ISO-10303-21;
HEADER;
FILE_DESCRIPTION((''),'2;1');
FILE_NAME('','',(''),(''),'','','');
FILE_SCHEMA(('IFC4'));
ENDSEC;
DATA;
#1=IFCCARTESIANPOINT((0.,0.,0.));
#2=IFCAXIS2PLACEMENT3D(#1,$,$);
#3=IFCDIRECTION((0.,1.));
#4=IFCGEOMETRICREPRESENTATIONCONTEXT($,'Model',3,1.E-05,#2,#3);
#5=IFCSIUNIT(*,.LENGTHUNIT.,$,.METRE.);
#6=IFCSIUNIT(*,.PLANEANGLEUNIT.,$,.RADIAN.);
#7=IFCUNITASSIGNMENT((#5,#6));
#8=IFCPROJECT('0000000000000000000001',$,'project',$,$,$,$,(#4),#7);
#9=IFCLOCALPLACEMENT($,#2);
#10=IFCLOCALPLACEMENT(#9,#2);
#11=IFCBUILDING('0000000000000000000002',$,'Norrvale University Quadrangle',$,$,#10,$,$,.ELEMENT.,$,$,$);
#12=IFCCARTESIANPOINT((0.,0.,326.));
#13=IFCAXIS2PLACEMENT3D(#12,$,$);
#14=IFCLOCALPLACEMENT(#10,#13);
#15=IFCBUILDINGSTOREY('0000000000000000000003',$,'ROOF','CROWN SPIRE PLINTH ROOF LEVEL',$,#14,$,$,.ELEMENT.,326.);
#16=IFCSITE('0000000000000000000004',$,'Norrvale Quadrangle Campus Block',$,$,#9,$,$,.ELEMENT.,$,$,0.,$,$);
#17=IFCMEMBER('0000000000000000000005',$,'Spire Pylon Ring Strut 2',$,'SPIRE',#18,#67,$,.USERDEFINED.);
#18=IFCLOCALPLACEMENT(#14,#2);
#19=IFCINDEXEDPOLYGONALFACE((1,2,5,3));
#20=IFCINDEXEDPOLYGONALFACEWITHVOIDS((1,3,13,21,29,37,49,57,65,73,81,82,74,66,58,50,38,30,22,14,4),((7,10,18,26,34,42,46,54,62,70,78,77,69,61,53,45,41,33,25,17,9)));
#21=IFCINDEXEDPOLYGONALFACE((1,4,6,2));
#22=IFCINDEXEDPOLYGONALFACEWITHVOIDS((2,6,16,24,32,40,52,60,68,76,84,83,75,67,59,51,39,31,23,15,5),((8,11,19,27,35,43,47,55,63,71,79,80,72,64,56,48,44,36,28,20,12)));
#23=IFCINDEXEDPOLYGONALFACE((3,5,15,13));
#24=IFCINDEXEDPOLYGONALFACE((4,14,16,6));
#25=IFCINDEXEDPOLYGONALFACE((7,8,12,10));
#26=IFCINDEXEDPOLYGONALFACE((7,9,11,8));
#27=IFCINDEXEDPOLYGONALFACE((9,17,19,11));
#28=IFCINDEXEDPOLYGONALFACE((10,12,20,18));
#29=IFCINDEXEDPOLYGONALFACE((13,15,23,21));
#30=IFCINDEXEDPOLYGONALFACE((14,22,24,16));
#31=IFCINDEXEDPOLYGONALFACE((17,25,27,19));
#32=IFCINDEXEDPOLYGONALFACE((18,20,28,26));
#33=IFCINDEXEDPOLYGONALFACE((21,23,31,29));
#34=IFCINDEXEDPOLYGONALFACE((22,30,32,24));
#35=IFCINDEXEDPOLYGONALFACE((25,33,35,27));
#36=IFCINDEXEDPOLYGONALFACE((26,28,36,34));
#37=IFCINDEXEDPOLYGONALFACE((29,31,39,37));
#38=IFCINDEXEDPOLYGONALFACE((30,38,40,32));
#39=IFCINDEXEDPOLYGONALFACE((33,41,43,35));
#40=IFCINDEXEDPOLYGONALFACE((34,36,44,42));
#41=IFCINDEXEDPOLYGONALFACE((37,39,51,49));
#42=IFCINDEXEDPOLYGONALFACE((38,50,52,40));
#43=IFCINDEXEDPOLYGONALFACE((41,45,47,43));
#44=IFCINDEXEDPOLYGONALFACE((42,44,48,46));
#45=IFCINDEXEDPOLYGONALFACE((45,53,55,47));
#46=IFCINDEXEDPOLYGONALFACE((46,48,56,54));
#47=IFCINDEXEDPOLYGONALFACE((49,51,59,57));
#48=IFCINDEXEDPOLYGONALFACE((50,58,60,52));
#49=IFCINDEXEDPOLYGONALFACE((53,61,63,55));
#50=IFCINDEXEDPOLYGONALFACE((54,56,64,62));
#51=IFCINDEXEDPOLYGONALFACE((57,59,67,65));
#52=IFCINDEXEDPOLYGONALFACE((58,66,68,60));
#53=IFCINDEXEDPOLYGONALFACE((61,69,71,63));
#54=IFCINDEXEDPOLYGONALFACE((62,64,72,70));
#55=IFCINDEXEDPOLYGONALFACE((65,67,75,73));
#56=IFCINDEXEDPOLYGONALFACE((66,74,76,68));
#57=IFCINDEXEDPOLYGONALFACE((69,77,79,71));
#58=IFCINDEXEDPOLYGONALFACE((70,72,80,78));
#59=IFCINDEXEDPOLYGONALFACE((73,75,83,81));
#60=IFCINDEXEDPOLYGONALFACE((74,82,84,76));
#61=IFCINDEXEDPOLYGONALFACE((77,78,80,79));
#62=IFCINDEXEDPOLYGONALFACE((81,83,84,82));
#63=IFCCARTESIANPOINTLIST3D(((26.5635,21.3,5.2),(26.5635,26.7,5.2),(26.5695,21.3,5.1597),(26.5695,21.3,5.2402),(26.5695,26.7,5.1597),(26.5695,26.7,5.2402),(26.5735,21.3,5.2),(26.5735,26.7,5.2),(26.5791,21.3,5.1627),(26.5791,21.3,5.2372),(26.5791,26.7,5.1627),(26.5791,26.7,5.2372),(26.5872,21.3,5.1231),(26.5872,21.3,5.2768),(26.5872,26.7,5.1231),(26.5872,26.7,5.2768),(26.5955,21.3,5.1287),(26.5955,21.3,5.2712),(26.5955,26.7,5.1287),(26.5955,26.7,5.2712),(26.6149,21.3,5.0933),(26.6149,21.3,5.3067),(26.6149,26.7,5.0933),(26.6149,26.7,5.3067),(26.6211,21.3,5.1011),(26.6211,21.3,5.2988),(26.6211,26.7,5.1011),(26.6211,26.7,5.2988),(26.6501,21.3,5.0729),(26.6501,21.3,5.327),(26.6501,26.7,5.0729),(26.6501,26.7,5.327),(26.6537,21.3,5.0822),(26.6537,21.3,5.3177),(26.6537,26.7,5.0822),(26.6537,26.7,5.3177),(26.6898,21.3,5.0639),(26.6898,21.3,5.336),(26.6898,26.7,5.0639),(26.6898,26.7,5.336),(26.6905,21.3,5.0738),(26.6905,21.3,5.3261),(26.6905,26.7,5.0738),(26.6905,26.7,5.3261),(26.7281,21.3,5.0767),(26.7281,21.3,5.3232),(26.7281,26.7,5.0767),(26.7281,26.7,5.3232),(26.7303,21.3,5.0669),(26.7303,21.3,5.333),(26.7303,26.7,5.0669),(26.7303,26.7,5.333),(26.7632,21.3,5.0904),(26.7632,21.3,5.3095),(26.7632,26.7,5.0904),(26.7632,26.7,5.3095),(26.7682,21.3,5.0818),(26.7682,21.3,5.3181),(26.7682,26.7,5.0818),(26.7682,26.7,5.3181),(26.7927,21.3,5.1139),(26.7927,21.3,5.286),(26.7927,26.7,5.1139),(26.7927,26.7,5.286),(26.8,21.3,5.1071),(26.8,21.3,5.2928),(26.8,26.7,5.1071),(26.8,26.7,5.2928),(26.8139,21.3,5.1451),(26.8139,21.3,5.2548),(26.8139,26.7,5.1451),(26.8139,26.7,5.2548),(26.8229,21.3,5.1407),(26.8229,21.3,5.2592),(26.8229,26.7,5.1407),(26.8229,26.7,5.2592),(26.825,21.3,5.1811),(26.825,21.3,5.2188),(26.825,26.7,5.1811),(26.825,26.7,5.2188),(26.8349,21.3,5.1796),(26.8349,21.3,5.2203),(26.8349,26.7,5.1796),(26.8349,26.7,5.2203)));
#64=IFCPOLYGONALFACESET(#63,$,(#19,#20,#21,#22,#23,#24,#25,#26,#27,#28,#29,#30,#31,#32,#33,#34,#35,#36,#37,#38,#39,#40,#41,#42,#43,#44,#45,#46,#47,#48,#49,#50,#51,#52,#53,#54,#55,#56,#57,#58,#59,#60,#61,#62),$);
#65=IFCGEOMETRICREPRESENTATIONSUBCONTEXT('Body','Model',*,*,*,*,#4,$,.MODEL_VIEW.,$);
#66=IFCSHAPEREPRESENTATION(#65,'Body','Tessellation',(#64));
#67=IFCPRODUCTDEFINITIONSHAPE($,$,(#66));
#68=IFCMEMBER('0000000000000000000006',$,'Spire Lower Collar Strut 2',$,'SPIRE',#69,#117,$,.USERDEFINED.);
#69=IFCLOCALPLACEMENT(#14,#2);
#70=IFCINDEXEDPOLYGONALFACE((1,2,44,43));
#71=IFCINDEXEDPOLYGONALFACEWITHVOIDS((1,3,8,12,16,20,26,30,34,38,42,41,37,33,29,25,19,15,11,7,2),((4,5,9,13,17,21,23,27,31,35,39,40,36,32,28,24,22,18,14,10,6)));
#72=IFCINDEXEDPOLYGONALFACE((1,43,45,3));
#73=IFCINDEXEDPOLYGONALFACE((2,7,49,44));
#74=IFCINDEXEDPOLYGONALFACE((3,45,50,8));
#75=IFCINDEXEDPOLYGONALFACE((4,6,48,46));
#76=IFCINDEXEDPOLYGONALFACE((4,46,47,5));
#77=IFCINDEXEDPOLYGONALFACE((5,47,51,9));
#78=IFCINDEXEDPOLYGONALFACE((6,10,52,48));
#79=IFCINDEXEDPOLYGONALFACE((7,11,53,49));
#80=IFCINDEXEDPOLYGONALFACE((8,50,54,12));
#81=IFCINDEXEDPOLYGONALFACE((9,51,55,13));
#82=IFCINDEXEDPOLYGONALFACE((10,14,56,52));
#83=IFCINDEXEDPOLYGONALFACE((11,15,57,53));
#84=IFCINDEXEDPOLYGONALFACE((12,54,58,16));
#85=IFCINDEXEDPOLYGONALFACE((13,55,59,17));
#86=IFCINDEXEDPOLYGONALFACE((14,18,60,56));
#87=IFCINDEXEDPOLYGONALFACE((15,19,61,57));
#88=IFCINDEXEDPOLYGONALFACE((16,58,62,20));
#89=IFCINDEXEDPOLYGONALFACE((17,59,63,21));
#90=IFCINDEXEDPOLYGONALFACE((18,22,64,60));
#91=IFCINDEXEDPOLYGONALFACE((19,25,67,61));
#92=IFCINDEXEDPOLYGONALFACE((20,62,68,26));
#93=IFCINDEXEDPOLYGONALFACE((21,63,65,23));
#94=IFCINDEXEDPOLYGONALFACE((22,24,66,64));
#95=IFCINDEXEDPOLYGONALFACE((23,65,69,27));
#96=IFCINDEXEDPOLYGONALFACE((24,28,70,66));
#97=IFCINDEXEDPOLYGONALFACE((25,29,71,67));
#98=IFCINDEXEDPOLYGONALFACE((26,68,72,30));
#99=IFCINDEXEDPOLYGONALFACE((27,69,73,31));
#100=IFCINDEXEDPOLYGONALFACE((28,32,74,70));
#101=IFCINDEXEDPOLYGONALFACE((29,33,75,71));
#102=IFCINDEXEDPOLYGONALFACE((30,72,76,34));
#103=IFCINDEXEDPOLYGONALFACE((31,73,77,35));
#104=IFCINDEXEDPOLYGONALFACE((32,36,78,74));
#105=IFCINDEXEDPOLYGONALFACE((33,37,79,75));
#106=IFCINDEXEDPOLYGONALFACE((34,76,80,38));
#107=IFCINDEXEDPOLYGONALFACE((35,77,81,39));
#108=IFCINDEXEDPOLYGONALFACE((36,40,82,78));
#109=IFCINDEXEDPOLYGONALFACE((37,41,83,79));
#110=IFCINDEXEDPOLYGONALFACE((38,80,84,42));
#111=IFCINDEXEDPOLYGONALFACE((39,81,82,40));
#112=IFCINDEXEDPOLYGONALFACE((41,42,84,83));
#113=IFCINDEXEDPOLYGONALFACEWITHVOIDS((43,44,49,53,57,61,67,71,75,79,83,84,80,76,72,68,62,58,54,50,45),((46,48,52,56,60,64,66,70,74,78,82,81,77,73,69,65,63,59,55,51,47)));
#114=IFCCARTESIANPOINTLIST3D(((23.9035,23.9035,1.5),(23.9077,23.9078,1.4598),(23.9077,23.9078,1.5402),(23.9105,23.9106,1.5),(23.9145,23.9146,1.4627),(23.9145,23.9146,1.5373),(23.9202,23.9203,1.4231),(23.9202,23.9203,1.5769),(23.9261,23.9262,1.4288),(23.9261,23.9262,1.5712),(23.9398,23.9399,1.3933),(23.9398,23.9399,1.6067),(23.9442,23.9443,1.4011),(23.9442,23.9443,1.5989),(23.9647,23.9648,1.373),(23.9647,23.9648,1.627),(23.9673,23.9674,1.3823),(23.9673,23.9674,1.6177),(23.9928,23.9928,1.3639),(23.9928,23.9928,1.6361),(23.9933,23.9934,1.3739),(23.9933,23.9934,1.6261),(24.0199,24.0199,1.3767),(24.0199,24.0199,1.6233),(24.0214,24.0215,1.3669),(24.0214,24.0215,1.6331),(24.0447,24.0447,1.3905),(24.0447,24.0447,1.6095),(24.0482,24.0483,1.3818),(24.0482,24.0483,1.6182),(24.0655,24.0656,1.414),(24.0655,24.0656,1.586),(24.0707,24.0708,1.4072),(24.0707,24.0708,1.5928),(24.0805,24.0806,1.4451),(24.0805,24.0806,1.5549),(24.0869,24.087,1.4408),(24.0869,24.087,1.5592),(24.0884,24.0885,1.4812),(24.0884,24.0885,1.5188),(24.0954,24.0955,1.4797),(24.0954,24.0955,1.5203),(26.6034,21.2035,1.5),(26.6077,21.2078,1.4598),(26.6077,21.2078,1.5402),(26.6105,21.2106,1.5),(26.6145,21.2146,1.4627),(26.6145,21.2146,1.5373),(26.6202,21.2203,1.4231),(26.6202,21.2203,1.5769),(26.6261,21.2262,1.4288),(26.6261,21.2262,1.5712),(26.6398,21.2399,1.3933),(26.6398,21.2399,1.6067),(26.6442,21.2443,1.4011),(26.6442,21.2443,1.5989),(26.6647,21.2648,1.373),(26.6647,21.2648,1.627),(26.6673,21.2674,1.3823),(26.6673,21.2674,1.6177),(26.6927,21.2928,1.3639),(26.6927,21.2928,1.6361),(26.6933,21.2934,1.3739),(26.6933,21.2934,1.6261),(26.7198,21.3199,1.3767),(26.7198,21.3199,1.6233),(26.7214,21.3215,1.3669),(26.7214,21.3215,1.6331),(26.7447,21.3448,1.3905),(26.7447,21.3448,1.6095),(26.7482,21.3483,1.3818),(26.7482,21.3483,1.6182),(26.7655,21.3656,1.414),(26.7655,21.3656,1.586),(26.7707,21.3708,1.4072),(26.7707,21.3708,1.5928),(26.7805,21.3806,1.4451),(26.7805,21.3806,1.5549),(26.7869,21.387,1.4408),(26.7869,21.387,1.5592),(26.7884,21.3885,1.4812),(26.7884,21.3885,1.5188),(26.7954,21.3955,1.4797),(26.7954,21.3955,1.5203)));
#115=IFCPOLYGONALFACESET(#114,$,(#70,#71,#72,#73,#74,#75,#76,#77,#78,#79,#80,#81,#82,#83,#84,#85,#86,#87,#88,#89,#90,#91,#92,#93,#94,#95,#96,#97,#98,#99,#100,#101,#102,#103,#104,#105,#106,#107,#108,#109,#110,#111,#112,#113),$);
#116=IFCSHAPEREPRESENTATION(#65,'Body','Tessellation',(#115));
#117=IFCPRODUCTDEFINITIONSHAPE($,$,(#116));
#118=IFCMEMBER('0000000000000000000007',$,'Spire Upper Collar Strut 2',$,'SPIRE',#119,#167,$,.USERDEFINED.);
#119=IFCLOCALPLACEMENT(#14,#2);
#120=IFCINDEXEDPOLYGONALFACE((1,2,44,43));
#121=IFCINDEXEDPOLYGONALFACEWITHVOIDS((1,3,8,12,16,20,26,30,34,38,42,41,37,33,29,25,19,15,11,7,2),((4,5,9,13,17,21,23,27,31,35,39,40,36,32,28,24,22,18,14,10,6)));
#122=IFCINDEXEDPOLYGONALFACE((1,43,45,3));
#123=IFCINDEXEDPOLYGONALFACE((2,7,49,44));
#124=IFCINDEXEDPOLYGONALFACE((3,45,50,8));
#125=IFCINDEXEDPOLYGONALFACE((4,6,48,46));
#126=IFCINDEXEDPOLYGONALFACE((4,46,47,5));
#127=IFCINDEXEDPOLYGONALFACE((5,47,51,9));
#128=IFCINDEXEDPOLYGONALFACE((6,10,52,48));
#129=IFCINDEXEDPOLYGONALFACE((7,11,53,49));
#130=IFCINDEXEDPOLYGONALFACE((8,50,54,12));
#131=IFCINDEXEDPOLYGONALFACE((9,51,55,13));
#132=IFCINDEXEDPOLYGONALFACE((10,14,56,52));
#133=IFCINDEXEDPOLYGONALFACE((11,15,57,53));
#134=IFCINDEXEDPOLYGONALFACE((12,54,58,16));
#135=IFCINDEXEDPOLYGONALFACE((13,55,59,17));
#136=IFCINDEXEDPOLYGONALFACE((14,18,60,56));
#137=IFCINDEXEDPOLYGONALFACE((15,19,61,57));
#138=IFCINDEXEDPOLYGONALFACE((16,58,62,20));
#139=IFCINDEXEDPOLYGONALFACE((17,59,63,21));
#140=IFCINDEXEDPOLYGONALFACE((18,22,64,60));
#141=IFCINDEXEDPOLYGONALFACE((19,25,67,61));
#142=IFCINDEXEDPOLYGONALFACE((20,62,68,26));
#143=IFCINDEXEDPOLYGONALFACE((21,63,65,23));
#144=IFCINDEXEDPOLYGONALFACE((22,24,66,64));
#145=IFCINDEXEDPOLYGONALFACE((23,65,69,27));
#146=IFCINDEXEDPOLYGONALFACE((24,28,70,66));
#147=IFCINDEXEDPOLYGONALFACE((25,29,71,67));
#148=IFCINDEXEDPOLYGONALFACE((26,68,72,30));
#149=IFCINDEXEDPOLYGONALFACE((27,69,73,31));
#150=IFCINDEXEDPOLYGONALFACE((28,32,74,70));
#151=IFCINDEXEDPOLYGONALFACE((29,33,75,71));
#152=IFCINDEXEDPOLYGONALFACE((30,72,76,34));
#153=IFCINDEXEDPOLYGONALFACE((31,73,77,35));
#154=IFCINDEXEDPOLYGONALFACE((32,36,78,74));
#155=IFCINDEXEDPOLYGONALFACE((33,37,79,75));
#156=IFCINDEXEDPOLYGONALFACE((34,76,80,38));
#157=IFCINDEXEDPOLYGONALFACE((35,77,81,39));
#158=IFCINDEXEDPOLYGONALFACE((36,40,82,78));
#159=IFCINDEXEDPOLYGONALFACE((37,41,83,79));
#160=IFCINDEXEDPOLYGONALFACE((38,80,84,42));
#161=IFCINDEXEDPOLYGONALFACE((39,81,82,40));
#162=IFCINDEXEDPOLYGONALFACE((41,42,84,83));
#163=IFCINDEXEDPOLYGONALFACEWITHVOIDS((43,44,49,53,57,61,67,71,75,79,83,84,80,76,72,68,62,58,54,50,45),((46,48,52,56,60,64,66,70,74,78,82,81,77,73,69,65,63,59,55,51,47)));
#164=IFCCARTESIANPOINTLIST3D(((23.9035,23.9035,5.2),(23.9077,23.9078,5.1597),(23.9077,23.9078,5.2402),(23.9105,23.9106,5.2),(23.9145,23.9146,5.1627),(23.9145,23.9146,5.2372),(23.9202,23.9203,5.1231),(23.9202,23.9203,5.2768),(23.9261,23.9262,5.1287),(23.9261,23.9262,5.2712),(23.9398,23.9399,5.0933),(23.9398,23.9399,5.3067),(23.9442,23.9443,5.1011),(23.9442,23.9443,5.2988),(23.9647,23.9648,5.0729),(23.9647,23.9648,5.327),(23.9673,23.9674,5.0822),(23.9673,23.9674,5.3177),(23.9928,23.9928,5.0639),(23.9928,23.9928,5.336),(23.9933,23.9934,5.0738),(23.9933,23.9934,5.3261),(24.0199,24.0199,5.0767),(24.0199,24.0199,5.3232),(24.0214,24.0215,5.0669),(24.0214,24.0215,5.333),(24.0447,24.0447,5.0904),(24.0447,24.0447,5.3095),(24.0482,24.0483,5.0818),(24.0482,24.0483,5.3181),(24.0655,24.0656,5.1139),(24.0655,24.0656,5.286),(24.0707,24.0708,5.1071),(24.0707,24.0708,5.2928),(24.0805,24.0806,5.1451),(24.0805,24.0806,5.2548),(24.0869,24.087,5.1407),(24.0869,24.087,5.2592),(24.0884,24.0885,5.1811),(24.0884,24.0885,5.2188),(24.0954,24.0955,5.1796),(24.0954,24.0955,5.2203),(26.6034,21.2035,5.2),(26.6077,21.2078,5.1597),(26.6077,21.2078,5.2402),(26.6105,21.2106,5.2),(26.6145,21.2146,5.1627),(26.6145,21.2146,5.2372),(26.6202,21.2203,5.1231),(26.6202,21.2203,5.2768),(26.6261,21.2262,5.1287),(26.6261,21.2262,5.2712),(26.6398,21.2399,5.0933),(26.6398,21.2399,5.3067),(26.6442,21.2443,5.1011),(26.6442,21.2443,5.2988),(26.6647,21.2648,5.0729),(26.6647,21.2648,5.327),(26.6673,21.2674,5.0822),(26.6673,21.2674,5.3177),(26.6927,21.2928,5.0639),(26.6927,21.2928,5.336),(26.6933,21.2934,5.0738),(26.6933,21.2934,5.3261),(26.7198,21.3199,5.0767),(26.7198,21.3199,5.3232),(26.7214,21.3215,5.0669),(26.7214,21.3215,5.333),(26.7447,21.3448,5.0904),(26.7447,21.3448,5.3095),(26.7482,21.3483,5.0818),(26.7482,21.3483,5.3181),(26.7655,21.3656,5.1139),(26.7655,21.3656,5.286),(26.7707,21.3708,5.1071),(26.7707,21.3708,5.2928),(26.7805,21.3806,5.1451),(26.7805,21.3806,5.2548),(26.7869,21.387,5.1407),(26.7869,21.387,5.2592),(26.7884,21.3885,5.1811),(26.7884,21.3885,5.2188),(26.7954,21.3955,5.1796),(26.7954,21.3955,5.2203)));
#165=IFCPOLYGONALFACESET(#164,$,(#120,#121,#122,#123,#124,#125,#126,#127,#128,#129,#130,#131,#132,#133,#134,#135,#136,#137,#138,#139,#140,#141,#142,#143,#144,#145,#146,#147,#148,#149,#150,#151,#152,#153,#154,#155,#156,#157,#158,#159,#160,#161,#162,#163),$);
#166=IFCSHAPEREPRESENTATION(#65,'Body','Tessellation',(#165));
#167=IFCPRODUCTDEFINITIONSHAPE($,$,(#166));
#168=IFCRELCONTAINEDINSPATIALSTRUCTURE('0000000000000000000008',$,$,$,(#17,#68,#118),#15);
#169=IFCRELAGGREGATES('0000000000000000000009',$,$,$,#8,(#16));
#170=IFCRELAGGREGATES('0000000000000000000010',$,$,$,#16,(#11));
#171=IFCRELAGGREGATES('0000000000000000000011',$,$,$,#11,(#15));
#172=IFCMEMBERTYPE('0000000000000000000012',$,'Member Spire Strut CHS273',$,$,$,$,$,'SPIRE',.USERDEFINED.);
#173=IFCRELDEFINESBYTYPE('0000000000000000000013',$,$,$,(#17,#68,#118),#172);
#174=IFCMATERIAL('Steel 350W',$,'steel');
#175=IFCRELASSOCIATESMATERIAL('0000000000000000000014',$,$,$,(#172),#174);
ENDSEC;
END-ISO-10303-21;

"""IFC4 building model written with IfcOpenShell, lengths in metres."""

from ifc_helpers import new_model, si_unit, direction, frame, origin, origin_2d, place, context, subcontext, project, spatial, hollow_circle, extrude, material, material_profile, profile_set, type_object, element, save


model = new_model("IFC4")

# Units and contexts
model_context = context("Model", 3, precision=1e-05, world=origin(), true_north=direction((0.0, 1.0)))
body_context = subcontext(model_context, "Body", "Model", "MODEL_VIEW")
ifc_project = project(units=[si_unit("LENGTHUNIT", "METRE"), si_unit("PLANEANGLEUNIT", "RADIAN")], contexts=[model_context])

# Site, building, storey
site_placement = place(None, origin())
site = spatial("IfcSite", under=ifc_project, at=site_placement, Name="Norrvale Quadrangle Campus Block", CompositionType="ELEMENT", RefElevation=0.0)
building_placement = place(site_placement, origin())
building = spatial("IfcBuilding", under=site, at=building_placement, Name="Norrvale University Quadrangle", CompositionType="ELEMENT")
storey_placement = place(building_placement, frame((0.0, 0.0, 326.0)))
storey = spatial("IfcBuildingStorey", under=building, at=storey_placement, Name="ROOF", Description="CROWN SPIRE PLINTH ROOF LEVEL", CompositionType="ELEMENT", Elevation=326.0)

# Shared definitions
ifc_material_1 = material(Name="Steel 350W", Category="steel")

# Members
ifc_material_profile_1 = material_profile(ifc_material_1, hollow_circle(Radius=0.1365, WallThickness=0.01, at=origin_2d()), Name="Steel 350W")
ifc_profile_set_1 = profile_set([ifc_material_profile_1], Name="Steel 350W")
member_type_1 = type_object("IfcMemberType", Name="Member Spire Strut CHS273", ElementType="SPIRE", PredefinedType="USERDEFINED", material=ifc_profile_set_1)
member_1_placement = place(storey_placement, frame((26.7, 21.3, 5.2), z_axis=(0.0, 1.0, 0.0), x_axis=(-1.0, 0.0, 0.0)))
element("IfcMember", 1, at=member_1_placement, inside=storey, type_object=member_type_1, Name="Spire Pylon Ring Strut 2", ObjectType="SPIRE", PredefinedType="USERDEFINED", context=body_context, shape_type="SweptSolid", body=[
    extrude(hollow_circle(Radius=0.1365, WallThickness=0.01, at=origin_2d()), origin(), (0.0, 0.0, 1.0), 5.3999),
])
for number, where, z_axis, x_axis, name in (
    (2, (26.7, 21.3, 1.5), (-0.707107, 0.707107, 0.0), (-0.707107, -0.707107, 0.0), "Spire Lower Collar Strut 2"),
    (3, (26.7, 21.3, 5.2), (-0.707107, 0.707107, 0.0), (-0.707107, -0.707107, 0.0), "Spire Upper Collar Strut 2"),
):
    element("IfcMember", number, at=place(storey_placement, frame(where, z_axis=z_axis, x_axis=x_axis)), inside=storey, type_object=member_type_1, Name=name, ObjectType="SPIRE", PredefinedType="USERDEFINED", context=body_context, shape_type="SweptSolid", body=[
        extrude(hollow_circle(Radius=0.1365, WallThickness=0.01, at=origin_2d()), origin(), (0.0, 0.0, 1.0), 3.8184),
    ])

save(model, "model.ifc")
